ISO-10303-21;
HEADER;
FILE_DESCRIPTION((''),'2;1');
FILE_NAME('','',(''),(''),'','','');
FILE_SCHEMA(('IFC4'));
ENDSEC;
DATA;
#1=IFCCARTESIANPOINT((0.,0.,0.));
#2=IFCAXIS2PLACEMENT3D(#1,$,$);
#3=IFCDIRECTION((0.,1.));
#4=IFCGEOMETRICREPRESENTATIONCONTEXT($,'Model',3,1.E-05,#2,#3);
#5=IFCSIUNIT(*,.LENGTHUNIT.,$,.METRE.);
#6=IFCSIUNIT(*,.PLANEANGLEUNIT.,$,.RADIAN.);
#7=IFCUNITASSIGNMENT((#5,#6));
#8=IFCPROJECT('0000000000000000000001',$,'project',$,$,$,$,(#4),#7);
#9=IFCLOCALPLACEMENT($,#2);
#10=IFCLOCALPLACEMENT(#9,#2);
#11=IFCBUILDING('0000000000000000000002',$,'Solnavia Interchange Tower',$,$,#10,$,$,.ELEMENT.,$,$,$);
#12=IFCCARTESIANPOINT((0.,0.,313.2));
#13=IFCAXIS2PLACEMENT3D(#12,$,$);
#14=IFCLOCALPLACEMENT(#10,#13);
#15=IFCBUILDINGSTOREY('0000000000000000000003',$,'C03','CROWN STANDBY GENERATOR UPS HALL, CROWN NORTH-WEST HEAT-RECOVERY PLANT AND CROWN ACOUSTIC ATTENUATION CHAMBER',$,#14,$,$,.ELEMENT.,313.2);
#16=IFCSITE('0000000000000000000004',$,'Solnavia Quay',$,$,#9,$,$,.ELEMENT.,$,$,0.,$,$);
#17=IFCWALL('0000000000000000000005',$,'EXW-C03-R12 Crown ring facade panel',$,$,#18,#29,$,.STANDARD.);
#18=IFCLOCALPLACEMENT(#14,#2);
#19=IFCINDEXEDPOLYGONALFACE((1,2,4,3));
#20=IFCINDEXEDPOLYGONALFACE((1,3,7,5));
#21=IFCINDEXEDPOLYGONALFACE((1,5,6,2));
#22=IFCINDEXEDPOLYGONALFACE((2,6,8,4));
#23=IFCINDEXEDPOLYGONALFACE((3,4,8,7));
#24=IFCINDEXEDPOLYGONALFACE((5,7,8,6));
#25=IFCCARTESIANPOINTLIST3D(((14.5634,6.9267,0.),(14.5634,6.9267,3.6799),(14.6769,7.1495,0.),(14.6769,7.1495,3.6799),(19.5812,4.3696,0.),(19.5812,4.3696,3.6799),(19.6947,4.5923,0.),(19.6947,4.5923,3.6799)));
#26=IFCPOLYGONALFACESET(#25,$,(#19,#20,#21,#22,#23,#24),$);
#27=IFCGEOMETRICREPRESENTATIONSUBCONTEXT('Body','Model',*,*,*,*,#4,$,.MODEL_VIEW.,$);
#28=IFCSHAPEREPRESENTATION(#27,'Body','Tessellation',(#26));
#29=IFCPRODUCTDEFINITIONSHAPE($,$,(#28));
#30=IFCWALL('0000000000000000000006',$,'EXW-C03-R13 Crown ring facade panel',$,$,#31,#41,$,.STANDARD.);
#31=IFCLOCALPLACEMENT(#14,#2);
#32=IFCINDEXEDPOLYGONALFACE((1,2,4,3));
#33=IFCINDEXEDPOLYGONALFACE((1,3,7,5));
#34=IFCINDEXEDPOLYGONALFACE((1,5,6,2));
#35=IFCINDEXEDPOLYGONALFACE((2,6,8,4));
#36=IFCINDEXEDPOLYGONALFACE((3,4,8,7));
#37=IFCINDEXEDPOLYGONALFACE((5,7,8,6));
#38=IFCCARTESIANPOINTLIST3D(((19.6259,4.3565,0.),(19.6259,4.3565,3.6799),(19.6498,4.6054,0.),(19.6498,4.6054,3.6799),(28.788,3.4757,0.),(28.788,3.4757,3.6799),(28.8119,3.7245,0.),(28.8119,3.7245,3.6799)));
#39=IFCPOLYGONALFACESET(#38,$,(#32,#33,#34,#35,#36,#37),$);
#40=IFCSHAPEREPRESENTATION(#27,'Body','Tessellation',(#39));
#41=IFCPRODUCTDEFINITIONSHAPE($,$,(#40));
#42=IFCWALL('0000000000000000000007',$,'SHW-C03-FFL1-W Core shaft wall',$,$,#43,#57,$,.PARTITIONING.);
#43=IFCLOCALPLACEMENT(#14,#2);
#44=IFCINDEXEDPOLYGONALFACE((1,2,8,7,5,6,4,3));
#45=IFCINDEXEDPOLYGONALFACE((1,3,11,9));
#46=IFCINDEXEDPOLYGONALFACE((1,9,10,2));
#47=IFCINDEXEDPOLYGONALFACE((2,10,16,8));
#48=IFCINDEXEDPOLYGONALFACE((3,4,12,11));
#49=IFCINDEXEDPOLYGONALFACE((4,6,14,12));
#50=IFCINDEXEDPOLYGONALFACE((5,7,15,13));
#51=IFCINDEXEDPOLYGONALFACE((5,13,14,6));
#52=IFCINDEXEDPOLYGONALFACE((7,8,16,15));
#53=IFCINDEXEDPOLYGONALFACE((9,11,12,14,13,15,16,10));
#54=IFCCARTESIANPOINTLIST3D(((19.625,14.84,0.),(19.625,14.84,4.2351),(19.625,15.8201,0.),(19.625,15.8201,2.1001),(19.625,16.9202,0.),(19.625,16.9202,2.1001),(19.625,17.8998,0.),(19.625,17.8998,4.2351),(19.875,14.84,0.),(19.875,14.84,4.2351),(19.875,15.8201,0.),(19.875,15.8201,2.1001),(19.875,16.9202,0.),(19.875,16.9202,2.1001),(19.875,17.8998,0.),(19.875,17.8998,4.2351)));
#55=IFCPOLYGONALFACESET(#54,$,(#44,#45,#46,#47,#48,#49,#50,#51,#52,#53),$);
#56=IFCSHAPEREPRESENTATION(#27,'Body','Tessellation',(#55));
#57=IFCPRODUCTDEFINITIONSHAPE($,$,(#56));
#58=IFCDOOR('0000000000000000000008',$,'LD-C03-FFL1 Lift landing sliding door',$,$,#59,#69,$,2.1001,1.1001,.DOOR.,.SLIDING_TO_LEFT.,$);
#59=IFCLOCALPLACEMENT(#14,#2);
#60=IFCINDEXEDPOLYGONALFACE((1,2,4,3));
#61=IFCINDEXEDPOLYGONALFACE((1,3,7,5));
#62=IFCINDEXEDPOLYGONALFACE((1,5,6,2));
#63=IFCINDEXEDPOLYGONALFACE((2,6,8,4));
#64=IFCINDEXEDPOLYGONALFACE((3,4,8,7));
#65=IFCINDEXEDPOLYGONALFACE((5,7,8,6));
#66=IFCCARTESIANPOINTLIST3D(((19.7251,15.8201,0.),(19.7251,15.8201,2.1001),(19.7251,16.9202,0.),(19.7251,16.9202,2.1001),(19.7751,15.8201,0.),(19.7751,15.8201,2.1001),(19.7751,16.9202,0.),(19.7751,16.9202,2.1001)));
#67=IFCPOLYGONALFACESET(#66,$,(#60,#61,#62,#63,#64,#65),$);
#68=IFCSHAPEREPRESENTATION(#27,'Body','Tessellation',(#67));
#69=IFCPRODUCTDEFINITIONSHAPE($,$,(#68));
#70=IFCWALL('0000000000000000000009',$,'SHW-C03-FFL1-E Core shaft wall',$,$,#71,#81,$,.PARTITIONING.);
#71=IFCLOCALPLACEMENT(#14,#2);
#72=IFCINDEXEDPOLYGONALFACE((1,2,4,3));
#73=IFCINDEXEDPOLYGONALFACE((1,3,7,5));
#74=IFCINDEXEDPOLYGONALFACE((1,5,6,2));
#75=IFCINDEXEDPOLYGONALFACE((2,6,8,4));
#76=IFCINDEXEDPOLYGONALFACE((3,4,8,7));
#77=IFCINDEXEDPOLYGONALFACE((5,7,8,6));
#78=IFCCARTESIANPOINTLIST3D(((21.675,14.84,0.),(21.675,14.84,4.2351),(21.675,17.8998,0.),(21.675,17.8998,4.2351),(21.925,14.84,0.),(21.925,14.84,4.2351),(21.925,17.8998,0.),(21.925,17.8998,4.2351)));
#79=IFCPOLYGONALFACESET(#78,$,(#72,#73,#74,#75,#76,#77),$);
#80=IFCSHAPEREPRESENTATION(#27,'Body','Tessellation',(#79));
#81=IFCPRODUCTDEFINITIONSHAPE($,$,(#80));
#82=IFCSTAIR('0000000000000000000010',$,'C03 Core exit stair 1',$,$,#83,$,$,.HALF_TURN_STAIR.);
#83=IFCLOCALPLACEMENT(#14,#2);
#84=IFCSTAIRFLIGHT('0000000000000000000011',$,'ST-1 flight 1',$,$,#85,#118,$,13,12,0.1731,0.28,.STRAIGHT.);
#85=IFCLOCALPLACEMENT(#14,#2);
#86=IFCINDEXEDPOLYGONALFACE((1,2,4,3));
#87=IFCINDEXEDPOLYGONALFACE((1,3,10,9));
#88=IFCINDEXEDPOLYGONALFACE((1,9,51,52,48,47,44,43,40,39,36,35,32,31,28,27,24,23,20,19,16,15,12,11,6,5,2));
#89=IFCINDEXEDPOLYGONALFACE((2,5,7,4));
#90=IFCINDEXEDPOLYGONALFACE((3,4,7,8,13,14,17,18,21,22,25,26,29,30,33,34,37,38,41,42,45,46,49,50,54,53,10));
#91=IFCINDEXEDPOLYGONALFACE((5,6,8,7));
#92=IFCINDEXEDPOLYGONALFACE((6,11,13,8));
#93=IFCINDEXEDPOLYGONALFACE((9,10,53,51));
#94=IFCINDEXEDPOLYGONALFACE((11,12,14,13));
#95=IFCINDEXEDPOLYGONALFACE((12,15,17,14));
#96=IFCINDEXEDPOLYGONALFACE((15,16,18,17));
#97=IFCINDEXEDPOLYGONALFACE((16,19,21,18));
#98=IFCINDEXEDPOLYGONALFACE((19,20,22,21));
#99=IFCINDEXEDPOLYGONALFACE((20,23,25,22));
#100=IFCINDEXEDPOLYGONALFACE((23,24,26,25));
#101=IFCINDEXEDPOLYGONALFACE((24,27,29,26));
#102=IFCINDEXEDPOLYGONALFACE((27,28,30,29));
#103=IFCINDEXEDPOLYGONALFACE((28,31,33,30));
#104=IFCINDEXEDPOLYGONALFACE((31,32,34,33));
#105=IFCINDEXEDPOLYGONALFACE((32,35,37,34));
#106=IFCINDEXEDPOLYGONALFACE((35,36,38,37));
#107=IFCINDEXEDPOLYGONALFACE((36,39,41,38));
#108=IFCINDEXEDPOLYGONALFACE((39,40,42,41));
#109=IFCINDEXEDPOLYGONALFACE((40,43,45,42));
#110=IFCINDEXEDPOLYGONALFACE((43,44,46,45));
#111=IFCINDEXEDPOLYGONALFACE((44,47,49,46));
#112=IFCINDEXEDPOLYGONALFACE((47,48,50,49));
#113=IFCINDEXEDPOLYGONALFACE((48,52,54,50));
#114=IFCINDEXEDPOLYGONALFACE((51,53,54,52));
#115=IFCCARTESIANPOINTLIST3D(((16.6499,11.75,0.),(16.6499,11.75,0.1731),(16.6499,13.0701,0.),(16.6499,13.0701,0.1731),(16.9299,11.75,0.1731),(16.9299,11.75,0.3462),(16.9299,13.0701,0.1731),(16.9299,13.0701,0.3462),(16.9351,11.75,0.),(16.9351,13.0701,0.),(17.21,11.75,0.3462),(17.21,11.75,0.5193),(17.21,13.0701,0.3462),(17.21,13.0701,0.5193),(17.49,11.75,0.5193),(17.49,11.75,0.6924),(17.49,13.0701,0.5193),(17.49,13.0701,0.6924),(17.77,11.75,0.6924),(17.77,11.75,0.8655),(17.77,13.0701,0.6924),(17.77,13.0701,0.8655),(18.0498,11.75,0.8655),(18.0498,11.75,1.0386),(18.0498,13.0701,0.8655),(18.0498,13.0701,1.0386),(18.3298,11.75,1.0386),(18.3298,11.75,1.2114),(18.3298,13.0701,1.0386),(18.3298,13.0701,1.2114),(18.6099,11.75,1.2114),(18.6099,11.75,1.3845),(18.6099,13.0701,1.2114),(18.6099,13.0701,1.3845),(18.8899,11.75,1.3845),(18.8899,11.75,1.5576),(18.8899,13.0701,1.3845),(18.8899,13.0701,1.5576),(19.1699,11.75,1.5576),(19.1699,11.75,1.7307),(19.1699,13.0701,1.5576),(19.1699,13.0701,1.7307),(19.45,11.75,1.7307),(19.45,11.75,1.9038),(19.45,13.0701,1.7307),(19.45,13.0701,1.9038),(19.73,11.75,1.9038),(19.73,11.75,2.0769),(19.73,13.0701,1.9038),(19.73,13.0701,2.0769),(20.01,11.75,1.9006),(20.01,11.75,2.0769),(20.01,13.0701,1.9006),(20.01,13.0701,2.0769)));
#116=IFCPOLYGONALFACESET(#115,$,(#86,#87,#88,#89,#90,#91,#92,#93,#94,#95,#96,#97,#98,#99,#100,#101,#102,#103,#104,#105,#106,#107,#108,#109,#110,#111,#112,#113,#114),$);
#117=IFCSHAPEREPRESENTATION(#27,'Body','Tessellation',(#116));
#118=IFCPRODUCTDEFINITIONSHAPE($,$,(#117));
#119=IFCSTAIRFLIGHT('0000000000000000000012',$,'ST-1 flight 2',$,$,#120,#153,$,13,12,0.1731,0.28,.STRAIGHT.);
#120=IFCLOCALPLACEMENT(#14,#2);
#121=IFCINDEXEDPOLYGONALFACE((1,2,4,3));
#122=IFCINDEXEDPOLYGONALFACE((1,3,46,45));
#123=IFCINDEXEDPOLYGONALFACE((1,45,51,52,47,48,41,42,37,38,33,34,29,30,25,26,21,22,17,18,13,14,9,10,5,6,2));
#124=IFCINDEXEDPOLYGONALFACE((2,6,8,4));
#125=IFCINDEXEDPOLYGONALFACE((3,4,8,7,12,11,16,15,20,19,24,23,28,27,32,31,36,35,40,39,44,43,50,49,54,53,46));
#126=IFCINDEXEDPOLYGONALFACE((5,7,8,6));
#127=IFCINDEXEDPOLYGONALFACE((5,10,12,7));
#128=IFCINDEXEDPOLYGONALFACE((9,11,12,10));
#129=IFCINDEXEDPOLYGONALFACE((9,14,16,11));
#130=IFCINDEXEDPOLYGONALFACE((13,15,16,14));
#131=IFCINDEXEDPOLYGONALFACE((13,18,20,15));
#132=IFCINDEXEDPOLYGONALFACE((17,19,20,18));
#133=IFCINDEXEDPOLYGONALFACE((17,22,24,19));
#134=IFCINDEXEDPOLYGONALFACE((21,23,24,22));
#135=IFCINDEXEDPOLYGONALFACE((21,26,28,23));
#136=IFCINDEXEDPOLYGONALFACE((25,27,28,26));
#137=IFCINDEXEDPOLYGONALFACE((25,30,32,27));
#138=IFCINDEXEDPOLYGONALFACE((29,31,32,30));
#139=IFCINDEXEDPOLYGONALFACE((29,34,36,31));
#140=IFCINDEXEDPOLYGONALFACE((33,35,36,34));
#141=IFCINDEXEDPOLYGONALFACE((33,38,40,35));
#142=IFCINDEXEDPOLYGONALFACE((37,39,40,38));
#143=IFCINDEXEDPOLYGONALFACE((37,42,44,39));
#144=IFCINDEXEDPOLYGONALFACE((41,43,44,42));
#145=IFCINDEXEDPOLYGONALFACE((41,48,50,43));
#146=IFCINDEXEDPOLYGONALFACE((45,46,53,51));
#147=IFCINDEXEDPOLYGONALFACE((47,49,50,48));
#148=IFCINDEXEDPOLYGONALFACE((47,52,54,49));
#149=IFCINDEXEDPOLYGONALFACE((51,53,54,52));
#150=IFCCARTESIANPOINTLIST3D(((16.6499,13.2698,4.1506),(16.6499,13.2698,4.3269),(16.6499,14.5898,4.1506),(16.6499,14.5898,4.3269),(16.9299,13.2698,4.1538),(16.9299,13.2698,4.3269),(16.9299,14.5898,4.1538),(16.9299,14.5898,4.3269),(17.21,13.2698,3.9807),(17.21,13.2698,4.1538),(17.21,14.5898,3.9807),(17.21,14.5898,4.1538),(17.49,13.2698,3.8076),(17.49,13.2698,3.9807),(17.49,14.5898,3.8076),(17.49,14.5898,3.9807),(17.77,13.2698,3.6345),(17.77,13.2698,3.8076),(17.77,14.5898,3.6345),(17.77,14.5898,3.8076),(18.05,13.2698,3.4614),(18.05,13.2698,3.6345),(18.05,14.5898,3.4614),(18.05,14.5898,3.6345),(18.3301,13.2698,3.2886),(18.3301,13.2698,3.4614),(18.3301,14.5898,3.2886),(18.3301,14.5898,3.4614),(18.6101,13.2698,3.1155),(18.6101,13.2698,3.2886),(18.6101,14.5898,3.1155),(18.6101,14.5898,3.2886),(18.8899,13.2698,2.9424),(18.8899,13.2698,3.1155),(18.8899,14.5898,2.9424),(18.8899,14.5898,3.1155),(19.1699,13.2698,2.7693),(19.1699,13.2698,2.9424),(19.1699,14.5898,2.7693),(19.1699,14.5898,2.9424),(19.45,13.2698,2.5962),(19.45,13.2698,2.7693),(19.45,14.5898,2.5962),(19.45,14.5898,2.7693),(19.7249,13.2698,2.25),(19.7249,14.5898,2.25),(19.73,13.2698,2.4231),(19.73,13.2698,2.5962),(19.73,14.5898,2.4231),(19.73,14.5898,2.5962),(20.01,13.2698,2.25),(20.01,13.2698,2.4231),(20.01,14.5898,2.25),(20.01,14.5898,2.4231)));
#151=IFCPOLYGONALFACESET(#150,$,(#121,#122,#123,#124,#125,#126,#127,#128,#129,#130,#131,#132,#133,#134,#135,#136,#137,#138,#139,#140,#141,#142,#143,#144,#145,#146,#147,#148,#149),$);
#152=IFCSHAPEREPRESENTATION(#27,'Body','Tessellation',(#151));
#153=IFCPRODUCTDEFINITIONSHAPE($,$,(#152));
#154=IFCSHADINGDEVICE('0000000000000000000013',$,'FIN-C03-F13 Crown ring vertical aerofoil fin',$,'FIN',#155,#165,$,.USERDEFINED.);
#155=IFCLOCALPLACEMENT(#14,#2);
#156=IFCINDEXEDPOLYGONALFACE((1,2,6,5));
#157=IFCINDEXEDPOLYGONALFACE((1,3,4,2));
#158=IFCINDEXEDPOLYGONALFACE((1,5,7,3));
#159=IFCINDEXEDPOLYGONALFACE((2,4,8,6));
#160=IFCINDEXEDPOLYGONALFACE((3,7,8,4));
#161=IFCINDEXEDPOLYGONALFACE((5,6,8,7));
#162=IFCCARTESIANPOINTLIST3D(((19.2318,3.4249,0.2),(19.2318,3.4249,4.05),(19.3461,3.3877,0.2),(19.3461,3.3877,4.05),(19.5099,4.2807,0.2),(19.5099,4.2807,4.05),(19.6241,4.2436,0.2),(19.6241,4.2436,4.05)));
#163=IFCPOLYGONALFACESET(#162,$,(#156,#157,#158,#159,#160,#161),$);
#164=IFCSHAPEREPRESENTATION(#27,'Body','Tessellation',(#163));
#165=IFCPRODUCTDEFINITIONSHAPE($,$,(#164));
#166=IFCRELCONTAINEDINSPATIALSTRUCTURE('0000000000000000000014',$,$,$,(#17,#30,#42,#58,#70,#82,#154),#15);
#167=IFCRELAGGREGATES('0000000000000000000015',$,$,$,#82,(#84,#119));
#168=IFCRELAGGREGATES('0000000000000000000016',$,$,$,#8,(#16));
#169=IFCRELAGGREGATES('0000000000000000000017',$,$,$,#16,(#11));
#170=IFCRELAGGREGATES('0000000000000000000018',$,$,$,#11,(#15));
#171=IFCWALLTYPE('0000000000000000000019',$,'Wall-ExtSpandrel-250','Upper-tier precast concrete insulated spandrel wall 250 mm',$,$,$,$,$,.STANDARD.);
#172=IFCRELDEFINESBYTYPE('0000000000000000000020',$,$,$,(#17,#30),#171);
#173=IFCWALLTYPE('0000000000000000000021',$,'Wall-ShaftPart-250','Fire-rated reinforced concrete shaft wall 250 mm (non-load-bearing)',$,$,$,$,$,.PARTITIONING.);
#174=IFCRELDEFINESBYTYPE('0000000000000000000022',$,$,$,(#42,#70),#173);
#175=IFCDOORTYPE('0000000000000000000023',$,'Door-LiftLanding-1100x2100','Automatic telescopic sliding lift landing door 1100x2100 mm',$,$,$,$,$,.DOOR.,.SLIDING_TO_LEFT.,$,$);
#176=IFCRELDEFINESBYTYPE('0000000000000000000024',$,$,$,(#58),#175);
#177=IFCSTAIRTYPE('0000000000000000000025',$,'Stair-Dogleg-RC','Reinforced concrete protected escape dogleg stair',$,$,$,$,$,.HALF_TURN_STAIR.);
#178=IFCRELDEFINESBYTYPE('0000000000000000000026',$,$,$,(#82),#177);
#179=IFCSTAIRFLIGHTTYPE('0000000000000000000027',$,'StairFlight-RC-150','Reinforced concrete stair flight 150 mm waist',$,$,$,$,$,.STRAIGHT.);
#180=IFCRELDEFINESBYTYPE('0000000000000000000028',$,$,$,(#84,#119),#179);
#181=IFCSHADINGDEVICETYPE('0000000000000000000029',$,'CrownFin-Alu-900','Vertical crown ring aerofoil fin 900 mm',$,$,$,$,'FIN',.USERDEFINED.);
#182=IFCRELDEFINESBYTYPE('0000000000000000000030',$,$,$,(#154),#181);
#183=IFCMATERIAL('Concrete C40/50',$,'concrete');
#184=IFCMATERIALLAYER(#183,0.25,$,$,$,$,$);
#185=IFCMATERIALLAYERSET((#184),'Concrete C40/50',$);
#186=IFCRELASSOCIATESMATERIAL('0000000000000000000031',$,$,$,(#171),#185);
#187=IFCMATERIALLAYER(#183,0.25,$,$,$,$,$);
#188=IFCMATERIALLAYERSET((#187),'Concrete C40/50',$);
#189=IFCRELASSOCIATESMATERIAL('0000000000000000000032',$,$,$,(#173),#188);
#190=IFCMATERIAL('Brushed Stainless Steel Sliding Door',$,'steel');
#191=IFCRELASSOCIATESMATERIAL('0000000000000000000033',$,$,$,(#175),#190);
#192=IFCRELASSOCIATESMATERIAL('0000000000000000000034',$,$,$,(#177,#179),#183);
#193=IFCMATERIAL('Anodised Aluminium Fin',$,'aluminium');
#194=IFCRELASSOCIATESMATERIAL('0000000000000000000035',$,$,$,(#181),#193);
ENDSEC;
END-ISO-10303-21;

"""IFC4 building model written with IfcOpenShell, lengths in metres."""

from ifc_helpers import new_model, si_unit, direction, frame, frame_2d, origin, origin_2d, place, context, subcontext, project, spatial, polyline, rectangle, outline, extrude, material, layer, layer_set, type_object, element, fill, aggregate, save


model = new_model("IFC4")

# Units and contexts
model_context = context("Model", 3, precision=1e-05, world=origin(), true_north=direction((0.0, 1.0)))
body_context = subcontext(model_context, "Body", "Model", "MODEL_VIEW")
ifc_project = project(units=[si_unit("LENGTHUNIT", "METRE"), si_unit("PLANEANGLEUNIT", "RADIAN")], contexts=[model_context])

# Site, building, storey
site_placement = place(None, origin())
site = spatial("IfcSite", under=ifc_project, at=site_placement, Name="Solnavia Quay", CompositionType="ELEMENT", RefElevation=0.0)
building_placement = place(site_placement, origin())
building = spatial("IfcBuilding", under=site, at=building_placement, Name="Solnavia Interchange Tower", CompositionType="ELEMENT")
storey_placement = place(building_placement, frame((0.0, 0.0, 313.2)))
storey = spatial("IfcBuildingStorey", under=building, at=storey_placement, Name="C03", Description="CROWN STANDBY GENERATOR UPS HALL, CROWN NORTH-WEST HEAT-RECOVERY PLANT AND CROWN ACOUSTIC ATTENUATION CHAMBER", CompositionType="ELEMENT", Elevation=313.2)

# Walls
ifc_material_1 = material(Name="Concrete C40/50", Category="concrete")
ifc_layer_1 = layer(ifc_material_1, 0.25)
ifc_layer_set_1 = layer_set([ifc_layer_1], Name="Concrete C40/50")
wall_type_1 = type_object("IfcWallType", Name="Wall-ExtSpandrel-250", Description="Upper-tier precast concrete insulated spandrel wall 250 mm", PredefinedType="STANDARD", material=ifc_layer_set_1)
wall_1_placement = place(storey_placement, frame((14.6201, 7.0381, 0.0), z_axis=(0.0, 0.0, 1.0), x_axis=(0.890976, -0.45405, 0.0)))
element("IfcWall", 1, at=wall_1_placement, inside=storey, type_object=wall_type_1, Name="EXW-C03-R12 Crown ring facade panel", PredefinedType="STANDARD", context=body_context, shape_type="SweptSolid", body=[
    extrude(rectangle(XDim=5.6318, YDim=0.25, at=frame_2d((2.8159, 0.0))), origin(), (0.0, 0.0, 1.0), 3.6799),
])
wall_2_placement = place(storey_placement, frame((19.6379, 4.481, 0.0), z_axis=(0.0, 0.0, 1.0), x_axis=(0.99541, -0.0957, 0.0)))
element("IfcWall", 2, at=wall_2_placement, inside=storey, type_object=wall_type_1, Name="EXW-C03-R13 Crown ring facade panel", PredefinedType="STANDARD", context=body_context, shape_type="SweptSolid", body=[
    extrude(rectangle(XDim=9.2043, YDim=0.25, at=frame_2d((4.6021, 0.0))), origin(), (0.0, 0.0, 1.0), 3.6799),
])

# Wall, opening, door
ifc_layer_2 = layer(ifc_material_1, 0.25)
ifc_layer_set_2 = layer_set([ifc_layer_2], Name="Concrete C40/50")
wall_type_2 = type_object("IfcWallType", Name="Wall-ShaftPart-250", Description="Fire-rated reinforced concrete shaft wall 250 mm (non-load-bearing)", PredefinedType="PARTITIONING", material=ifc_layer_set_2)
wall_3_placement = place(storey_placement, frame((19.75, 14.8401, 0.0), z_axis=(0.0, 0.0, 1.0), x_axis=(0.0, 1.0, 0.0)))
wall_3 = element("IfcWall", 3, at=wall_3_placement, inside=storey, type_object=wall_type_2, Name="SHW-C03-FFL1-W Core shaft wall", PredefinedType="PARTITIONING", context=body_context, shape_type="SweptSolid", body=[
    extrude(rectangle(XDim=3.0598, YDim=0.25, at=frame_2d((1.5298, 0.0))), origin(), (0.0, 0.0, 1.0), 4.2351),
])
opening_placement = place(wall_3_placement, frame((0.98, 0.0, 0.0)))
opening = element("IfcOpeningElement", 4, at=opening_placement, cuts=wall_3, PredefinedType="OPENING", context=body_context, shape_type="SweptSolid", body=[
    extrude(rectangle(XDim=1.1001, YDim=2.1001, at=frame_2d((0.55, 1.05))), frame((0.0, 0.135, 0.0), z_axis=(0.0, -1.0, 0.0), x_axis=(1.0, 0.0, 0.0)), (0.0, 0.0, 1.0), 0.27),
])
ifc_material_2 = material(Name="Brushed Stainless Steel Sliding Door", Category="steel")
door_type = type_object("IfcDoorType", Name="Door-LiftLanding-1100x2100", Description="Automatic telescopic sliding lift landing door 1100x2100 mm", OperationType="SLIDING_TO_LEFT", PredefinedType="DOOR", material=ifc_material_2)
door_placement = place(opening_placement, origin())
door = element("IfcDoor", 5, at=door_placement, inside=storey, type_object=door_type, Name="LD-C03-FFL1 Lift landing sliding door", OperationType="SLIDING_TO_LEFT", OverallHeight=2.1001, OverallWidth=1.1001, PredefinedType="DOOR", context=body_context, shape_type="SweptSolid", body=[
    extrude(rectangle(XDim=1.1001, YDim=2.1001, at=frame_2d((0.55, 1.05))), frame((0.0, 0.0249, 0.0), z_axis=(0.0, -1.0, 0.0), x_axis=(1.0, 0.0, 0.0)), (0.0, 0.0, 1.0), 0.05),
])
fill(opening, door)

# Wall
wall_4_placement = place(storey_placement, frame((21.8, 14.8401, 0.0), z_axis=(0.0, 0.0, 1.0), x_axis=(0.0, 1.0, 0.0)))
element("IfcWall", 6, at=wall_4_placement, inside=storey, type_object=wall_type_2, Name="SHW-C03-FFL1-E Core shaft wall", PredefinedType="PARTITIONING", context=body_context, shape_type="SweptSolid", body=[
    extrude(rectangle(XDim=3.0598, YDim=0.25, at=frame_2d((1.5298, 0.0))), origin(), (0.0, 0.0, 1.0), 4.2351),
])

# Stair, stair flights
stair_type = type_object("IfcStairType", Name="Stair-Dogleg-RC", Description="Reinforced concrete protected escape dogleg stair", PredefinedType="HALF_TURN_STAIR", material=ifc_material_1)
stair_placement = place(storey_placement, origin())
stair = element("IfcStair", 7, at=stair_placement, inside=storey, type_object=stair_type, Name="C03 Core exit stair 1", PredefinedType="HALF_TURN_STAIR")
stair_flight_type = type_object("IfcStairFlightType", Name="StairFlight-RC-150", Description="Reinforced concrete stair flight 150 mm waist", PredefinedType="STRAIGHT", material=ifc_material_1)
stair_flight_1_placement = place(storey_placement, frame((16.6499, 12.4099, 0.0), z_axis=(0.0, 0.0, 1.0), x_axis=(1.0, 0.0, 0.0)))
stair_flight_1 = element("IfcStairFlight", 8, at=stair_flight_1_placement, type_object=stair_flight_type, Name="ST-1 flight 1", NumberOfRisers=13, NumberOfTreads=12, PredefinedType="STRAIGHT", RiserHeight=0.1731, TreadLength=0.28, context=body_context, shape_type="SweptSolid", body=[
    extrude(outline(polyline([(0.0, 0.0), (0.0, 0.1731), (0.28, 0.1731), (0.28, 0.3462), (0.5601, 0.3462), (0.5601, 0.5193), (0.8401, 0.5193), (0.8401, 0.6924), (1.1201, 0.6924), (1.1201, 0.8655), (1.3999, 0.8655), (1.3999, 1.0386), (1.6799, 1.0386), (1.6799, 1.2114), (1.96, 1.2114), (1.96, 1.3845), (2.24, 1.3845), (2.24, 1.5576), (2.52, 1.5576), (2.52, 1.7307), (2.8, 1.7307), (2.8, 1.9038), (3.0801, 1.9038), (3.0801, 2.0769), (3.3601, 2.0769), (3.3601, 2.25), (3.3601, 1.9006), (0.2852, 0.0), (0.0, 0.0)])), frame((0.0, 0.6602, 0.0), z_axis=(0.0, -1.0, 0.0), x_axis=(1.0, 0.0, 0.0)), (0.0, 0.0, 1.0), 1.3201),
])
stair_flight_2_placement = place(storey_placement, frame((20.01, 13.9299, 2.25), z_axis=(0.0, 0.0, 1.0), x_axis=(-1.0, 0.0, 0.0)))
stair_flight_2 = element("IfcStairFlight", 9, at=stair_flight_2_placement, type_object=stair_flight_type, Name="ST-1 flight 2", NumberOfRisers=13, NumberOfTreads=12, PredefinedType="STRAIGHT", RiserHeight=0.1731, TreadLength=0.28, context=body_context, shape_type="SweptSolid", body=[
    extrude(outline(polyline([(0.0, 0.0), (0.0, 0.1731), (0.28, 0.1731), (0.28, 0.3462), (0.5601, 0.3462), (0.5601, 0.5193), (0.8401, 0.5193), (0.8401, 0.6924), (1.1201, 0.6924), (1.1201, 0.8655), (1.3999, 0.8655), (1.3999, 1.0386), (1.6799, 1.0386), (1.6799, 1.2114), (1.96, 1.2114), (1.96, 1.3845), (2.24, 1.3845), (2.24, 1.5576), (2.52, 1.5576), (2.52, 1.7307), (2.8, 1.7307), (2.8, 1.9038), (3.0801, 1.9038), (3.0801, 2.0769), (3.3601, 2.0769), (3.3601, 2.25), (3.3601, 1.9006), (0.2852, 0.0), (0.0, 0.0)])), frame((0.0, 0.6602, 0.0), z_axis=(0.0, -1.0, 0.0), x_axis=(1.0, 0.0, 0.0)), (0.0, 0.0, 1.0), 1.3201),
])
aggregate(stair, [stair_flight_1, stair_flight_2])

# Shading device
ifc_material_3 = material(Name="Anodised Aluminium Fin", Category="aluminium")
shading_device_type = type_object("IfcShadingDeviceType", Name="CrownFin-Alu-900", Description="Vertical crown ring aerofoil fin 900 mm", ElementType="FIN", PredefinedType="USERDEFINED", material=ifc_material_3)
shading_device_placement = place(storey_placement, frame((19.428, 3.8342, 0.2), z_axis=(0.0, 0.0, 1.0), x_axis=(-0.309017, -0.951057, 0.0)))
element("IfcShadingDevice", 10, at=shading_device_placement, inside=storey, type_object=shading_device_type, Name="FIN-C03-F13 Crown ring vertical aerofoil fin", ObjectType="FIN", PredefinedType="USERDEFINED", context=body_context, shape_type="SweptSolid", body=[
    extrude(rectangle(XDim=0.8999, YDim=0.1201, at=origin_2d()), origin(), (0.0, 0.0, 1.0), 3.8501),
])

save(model, "model.ifc")
